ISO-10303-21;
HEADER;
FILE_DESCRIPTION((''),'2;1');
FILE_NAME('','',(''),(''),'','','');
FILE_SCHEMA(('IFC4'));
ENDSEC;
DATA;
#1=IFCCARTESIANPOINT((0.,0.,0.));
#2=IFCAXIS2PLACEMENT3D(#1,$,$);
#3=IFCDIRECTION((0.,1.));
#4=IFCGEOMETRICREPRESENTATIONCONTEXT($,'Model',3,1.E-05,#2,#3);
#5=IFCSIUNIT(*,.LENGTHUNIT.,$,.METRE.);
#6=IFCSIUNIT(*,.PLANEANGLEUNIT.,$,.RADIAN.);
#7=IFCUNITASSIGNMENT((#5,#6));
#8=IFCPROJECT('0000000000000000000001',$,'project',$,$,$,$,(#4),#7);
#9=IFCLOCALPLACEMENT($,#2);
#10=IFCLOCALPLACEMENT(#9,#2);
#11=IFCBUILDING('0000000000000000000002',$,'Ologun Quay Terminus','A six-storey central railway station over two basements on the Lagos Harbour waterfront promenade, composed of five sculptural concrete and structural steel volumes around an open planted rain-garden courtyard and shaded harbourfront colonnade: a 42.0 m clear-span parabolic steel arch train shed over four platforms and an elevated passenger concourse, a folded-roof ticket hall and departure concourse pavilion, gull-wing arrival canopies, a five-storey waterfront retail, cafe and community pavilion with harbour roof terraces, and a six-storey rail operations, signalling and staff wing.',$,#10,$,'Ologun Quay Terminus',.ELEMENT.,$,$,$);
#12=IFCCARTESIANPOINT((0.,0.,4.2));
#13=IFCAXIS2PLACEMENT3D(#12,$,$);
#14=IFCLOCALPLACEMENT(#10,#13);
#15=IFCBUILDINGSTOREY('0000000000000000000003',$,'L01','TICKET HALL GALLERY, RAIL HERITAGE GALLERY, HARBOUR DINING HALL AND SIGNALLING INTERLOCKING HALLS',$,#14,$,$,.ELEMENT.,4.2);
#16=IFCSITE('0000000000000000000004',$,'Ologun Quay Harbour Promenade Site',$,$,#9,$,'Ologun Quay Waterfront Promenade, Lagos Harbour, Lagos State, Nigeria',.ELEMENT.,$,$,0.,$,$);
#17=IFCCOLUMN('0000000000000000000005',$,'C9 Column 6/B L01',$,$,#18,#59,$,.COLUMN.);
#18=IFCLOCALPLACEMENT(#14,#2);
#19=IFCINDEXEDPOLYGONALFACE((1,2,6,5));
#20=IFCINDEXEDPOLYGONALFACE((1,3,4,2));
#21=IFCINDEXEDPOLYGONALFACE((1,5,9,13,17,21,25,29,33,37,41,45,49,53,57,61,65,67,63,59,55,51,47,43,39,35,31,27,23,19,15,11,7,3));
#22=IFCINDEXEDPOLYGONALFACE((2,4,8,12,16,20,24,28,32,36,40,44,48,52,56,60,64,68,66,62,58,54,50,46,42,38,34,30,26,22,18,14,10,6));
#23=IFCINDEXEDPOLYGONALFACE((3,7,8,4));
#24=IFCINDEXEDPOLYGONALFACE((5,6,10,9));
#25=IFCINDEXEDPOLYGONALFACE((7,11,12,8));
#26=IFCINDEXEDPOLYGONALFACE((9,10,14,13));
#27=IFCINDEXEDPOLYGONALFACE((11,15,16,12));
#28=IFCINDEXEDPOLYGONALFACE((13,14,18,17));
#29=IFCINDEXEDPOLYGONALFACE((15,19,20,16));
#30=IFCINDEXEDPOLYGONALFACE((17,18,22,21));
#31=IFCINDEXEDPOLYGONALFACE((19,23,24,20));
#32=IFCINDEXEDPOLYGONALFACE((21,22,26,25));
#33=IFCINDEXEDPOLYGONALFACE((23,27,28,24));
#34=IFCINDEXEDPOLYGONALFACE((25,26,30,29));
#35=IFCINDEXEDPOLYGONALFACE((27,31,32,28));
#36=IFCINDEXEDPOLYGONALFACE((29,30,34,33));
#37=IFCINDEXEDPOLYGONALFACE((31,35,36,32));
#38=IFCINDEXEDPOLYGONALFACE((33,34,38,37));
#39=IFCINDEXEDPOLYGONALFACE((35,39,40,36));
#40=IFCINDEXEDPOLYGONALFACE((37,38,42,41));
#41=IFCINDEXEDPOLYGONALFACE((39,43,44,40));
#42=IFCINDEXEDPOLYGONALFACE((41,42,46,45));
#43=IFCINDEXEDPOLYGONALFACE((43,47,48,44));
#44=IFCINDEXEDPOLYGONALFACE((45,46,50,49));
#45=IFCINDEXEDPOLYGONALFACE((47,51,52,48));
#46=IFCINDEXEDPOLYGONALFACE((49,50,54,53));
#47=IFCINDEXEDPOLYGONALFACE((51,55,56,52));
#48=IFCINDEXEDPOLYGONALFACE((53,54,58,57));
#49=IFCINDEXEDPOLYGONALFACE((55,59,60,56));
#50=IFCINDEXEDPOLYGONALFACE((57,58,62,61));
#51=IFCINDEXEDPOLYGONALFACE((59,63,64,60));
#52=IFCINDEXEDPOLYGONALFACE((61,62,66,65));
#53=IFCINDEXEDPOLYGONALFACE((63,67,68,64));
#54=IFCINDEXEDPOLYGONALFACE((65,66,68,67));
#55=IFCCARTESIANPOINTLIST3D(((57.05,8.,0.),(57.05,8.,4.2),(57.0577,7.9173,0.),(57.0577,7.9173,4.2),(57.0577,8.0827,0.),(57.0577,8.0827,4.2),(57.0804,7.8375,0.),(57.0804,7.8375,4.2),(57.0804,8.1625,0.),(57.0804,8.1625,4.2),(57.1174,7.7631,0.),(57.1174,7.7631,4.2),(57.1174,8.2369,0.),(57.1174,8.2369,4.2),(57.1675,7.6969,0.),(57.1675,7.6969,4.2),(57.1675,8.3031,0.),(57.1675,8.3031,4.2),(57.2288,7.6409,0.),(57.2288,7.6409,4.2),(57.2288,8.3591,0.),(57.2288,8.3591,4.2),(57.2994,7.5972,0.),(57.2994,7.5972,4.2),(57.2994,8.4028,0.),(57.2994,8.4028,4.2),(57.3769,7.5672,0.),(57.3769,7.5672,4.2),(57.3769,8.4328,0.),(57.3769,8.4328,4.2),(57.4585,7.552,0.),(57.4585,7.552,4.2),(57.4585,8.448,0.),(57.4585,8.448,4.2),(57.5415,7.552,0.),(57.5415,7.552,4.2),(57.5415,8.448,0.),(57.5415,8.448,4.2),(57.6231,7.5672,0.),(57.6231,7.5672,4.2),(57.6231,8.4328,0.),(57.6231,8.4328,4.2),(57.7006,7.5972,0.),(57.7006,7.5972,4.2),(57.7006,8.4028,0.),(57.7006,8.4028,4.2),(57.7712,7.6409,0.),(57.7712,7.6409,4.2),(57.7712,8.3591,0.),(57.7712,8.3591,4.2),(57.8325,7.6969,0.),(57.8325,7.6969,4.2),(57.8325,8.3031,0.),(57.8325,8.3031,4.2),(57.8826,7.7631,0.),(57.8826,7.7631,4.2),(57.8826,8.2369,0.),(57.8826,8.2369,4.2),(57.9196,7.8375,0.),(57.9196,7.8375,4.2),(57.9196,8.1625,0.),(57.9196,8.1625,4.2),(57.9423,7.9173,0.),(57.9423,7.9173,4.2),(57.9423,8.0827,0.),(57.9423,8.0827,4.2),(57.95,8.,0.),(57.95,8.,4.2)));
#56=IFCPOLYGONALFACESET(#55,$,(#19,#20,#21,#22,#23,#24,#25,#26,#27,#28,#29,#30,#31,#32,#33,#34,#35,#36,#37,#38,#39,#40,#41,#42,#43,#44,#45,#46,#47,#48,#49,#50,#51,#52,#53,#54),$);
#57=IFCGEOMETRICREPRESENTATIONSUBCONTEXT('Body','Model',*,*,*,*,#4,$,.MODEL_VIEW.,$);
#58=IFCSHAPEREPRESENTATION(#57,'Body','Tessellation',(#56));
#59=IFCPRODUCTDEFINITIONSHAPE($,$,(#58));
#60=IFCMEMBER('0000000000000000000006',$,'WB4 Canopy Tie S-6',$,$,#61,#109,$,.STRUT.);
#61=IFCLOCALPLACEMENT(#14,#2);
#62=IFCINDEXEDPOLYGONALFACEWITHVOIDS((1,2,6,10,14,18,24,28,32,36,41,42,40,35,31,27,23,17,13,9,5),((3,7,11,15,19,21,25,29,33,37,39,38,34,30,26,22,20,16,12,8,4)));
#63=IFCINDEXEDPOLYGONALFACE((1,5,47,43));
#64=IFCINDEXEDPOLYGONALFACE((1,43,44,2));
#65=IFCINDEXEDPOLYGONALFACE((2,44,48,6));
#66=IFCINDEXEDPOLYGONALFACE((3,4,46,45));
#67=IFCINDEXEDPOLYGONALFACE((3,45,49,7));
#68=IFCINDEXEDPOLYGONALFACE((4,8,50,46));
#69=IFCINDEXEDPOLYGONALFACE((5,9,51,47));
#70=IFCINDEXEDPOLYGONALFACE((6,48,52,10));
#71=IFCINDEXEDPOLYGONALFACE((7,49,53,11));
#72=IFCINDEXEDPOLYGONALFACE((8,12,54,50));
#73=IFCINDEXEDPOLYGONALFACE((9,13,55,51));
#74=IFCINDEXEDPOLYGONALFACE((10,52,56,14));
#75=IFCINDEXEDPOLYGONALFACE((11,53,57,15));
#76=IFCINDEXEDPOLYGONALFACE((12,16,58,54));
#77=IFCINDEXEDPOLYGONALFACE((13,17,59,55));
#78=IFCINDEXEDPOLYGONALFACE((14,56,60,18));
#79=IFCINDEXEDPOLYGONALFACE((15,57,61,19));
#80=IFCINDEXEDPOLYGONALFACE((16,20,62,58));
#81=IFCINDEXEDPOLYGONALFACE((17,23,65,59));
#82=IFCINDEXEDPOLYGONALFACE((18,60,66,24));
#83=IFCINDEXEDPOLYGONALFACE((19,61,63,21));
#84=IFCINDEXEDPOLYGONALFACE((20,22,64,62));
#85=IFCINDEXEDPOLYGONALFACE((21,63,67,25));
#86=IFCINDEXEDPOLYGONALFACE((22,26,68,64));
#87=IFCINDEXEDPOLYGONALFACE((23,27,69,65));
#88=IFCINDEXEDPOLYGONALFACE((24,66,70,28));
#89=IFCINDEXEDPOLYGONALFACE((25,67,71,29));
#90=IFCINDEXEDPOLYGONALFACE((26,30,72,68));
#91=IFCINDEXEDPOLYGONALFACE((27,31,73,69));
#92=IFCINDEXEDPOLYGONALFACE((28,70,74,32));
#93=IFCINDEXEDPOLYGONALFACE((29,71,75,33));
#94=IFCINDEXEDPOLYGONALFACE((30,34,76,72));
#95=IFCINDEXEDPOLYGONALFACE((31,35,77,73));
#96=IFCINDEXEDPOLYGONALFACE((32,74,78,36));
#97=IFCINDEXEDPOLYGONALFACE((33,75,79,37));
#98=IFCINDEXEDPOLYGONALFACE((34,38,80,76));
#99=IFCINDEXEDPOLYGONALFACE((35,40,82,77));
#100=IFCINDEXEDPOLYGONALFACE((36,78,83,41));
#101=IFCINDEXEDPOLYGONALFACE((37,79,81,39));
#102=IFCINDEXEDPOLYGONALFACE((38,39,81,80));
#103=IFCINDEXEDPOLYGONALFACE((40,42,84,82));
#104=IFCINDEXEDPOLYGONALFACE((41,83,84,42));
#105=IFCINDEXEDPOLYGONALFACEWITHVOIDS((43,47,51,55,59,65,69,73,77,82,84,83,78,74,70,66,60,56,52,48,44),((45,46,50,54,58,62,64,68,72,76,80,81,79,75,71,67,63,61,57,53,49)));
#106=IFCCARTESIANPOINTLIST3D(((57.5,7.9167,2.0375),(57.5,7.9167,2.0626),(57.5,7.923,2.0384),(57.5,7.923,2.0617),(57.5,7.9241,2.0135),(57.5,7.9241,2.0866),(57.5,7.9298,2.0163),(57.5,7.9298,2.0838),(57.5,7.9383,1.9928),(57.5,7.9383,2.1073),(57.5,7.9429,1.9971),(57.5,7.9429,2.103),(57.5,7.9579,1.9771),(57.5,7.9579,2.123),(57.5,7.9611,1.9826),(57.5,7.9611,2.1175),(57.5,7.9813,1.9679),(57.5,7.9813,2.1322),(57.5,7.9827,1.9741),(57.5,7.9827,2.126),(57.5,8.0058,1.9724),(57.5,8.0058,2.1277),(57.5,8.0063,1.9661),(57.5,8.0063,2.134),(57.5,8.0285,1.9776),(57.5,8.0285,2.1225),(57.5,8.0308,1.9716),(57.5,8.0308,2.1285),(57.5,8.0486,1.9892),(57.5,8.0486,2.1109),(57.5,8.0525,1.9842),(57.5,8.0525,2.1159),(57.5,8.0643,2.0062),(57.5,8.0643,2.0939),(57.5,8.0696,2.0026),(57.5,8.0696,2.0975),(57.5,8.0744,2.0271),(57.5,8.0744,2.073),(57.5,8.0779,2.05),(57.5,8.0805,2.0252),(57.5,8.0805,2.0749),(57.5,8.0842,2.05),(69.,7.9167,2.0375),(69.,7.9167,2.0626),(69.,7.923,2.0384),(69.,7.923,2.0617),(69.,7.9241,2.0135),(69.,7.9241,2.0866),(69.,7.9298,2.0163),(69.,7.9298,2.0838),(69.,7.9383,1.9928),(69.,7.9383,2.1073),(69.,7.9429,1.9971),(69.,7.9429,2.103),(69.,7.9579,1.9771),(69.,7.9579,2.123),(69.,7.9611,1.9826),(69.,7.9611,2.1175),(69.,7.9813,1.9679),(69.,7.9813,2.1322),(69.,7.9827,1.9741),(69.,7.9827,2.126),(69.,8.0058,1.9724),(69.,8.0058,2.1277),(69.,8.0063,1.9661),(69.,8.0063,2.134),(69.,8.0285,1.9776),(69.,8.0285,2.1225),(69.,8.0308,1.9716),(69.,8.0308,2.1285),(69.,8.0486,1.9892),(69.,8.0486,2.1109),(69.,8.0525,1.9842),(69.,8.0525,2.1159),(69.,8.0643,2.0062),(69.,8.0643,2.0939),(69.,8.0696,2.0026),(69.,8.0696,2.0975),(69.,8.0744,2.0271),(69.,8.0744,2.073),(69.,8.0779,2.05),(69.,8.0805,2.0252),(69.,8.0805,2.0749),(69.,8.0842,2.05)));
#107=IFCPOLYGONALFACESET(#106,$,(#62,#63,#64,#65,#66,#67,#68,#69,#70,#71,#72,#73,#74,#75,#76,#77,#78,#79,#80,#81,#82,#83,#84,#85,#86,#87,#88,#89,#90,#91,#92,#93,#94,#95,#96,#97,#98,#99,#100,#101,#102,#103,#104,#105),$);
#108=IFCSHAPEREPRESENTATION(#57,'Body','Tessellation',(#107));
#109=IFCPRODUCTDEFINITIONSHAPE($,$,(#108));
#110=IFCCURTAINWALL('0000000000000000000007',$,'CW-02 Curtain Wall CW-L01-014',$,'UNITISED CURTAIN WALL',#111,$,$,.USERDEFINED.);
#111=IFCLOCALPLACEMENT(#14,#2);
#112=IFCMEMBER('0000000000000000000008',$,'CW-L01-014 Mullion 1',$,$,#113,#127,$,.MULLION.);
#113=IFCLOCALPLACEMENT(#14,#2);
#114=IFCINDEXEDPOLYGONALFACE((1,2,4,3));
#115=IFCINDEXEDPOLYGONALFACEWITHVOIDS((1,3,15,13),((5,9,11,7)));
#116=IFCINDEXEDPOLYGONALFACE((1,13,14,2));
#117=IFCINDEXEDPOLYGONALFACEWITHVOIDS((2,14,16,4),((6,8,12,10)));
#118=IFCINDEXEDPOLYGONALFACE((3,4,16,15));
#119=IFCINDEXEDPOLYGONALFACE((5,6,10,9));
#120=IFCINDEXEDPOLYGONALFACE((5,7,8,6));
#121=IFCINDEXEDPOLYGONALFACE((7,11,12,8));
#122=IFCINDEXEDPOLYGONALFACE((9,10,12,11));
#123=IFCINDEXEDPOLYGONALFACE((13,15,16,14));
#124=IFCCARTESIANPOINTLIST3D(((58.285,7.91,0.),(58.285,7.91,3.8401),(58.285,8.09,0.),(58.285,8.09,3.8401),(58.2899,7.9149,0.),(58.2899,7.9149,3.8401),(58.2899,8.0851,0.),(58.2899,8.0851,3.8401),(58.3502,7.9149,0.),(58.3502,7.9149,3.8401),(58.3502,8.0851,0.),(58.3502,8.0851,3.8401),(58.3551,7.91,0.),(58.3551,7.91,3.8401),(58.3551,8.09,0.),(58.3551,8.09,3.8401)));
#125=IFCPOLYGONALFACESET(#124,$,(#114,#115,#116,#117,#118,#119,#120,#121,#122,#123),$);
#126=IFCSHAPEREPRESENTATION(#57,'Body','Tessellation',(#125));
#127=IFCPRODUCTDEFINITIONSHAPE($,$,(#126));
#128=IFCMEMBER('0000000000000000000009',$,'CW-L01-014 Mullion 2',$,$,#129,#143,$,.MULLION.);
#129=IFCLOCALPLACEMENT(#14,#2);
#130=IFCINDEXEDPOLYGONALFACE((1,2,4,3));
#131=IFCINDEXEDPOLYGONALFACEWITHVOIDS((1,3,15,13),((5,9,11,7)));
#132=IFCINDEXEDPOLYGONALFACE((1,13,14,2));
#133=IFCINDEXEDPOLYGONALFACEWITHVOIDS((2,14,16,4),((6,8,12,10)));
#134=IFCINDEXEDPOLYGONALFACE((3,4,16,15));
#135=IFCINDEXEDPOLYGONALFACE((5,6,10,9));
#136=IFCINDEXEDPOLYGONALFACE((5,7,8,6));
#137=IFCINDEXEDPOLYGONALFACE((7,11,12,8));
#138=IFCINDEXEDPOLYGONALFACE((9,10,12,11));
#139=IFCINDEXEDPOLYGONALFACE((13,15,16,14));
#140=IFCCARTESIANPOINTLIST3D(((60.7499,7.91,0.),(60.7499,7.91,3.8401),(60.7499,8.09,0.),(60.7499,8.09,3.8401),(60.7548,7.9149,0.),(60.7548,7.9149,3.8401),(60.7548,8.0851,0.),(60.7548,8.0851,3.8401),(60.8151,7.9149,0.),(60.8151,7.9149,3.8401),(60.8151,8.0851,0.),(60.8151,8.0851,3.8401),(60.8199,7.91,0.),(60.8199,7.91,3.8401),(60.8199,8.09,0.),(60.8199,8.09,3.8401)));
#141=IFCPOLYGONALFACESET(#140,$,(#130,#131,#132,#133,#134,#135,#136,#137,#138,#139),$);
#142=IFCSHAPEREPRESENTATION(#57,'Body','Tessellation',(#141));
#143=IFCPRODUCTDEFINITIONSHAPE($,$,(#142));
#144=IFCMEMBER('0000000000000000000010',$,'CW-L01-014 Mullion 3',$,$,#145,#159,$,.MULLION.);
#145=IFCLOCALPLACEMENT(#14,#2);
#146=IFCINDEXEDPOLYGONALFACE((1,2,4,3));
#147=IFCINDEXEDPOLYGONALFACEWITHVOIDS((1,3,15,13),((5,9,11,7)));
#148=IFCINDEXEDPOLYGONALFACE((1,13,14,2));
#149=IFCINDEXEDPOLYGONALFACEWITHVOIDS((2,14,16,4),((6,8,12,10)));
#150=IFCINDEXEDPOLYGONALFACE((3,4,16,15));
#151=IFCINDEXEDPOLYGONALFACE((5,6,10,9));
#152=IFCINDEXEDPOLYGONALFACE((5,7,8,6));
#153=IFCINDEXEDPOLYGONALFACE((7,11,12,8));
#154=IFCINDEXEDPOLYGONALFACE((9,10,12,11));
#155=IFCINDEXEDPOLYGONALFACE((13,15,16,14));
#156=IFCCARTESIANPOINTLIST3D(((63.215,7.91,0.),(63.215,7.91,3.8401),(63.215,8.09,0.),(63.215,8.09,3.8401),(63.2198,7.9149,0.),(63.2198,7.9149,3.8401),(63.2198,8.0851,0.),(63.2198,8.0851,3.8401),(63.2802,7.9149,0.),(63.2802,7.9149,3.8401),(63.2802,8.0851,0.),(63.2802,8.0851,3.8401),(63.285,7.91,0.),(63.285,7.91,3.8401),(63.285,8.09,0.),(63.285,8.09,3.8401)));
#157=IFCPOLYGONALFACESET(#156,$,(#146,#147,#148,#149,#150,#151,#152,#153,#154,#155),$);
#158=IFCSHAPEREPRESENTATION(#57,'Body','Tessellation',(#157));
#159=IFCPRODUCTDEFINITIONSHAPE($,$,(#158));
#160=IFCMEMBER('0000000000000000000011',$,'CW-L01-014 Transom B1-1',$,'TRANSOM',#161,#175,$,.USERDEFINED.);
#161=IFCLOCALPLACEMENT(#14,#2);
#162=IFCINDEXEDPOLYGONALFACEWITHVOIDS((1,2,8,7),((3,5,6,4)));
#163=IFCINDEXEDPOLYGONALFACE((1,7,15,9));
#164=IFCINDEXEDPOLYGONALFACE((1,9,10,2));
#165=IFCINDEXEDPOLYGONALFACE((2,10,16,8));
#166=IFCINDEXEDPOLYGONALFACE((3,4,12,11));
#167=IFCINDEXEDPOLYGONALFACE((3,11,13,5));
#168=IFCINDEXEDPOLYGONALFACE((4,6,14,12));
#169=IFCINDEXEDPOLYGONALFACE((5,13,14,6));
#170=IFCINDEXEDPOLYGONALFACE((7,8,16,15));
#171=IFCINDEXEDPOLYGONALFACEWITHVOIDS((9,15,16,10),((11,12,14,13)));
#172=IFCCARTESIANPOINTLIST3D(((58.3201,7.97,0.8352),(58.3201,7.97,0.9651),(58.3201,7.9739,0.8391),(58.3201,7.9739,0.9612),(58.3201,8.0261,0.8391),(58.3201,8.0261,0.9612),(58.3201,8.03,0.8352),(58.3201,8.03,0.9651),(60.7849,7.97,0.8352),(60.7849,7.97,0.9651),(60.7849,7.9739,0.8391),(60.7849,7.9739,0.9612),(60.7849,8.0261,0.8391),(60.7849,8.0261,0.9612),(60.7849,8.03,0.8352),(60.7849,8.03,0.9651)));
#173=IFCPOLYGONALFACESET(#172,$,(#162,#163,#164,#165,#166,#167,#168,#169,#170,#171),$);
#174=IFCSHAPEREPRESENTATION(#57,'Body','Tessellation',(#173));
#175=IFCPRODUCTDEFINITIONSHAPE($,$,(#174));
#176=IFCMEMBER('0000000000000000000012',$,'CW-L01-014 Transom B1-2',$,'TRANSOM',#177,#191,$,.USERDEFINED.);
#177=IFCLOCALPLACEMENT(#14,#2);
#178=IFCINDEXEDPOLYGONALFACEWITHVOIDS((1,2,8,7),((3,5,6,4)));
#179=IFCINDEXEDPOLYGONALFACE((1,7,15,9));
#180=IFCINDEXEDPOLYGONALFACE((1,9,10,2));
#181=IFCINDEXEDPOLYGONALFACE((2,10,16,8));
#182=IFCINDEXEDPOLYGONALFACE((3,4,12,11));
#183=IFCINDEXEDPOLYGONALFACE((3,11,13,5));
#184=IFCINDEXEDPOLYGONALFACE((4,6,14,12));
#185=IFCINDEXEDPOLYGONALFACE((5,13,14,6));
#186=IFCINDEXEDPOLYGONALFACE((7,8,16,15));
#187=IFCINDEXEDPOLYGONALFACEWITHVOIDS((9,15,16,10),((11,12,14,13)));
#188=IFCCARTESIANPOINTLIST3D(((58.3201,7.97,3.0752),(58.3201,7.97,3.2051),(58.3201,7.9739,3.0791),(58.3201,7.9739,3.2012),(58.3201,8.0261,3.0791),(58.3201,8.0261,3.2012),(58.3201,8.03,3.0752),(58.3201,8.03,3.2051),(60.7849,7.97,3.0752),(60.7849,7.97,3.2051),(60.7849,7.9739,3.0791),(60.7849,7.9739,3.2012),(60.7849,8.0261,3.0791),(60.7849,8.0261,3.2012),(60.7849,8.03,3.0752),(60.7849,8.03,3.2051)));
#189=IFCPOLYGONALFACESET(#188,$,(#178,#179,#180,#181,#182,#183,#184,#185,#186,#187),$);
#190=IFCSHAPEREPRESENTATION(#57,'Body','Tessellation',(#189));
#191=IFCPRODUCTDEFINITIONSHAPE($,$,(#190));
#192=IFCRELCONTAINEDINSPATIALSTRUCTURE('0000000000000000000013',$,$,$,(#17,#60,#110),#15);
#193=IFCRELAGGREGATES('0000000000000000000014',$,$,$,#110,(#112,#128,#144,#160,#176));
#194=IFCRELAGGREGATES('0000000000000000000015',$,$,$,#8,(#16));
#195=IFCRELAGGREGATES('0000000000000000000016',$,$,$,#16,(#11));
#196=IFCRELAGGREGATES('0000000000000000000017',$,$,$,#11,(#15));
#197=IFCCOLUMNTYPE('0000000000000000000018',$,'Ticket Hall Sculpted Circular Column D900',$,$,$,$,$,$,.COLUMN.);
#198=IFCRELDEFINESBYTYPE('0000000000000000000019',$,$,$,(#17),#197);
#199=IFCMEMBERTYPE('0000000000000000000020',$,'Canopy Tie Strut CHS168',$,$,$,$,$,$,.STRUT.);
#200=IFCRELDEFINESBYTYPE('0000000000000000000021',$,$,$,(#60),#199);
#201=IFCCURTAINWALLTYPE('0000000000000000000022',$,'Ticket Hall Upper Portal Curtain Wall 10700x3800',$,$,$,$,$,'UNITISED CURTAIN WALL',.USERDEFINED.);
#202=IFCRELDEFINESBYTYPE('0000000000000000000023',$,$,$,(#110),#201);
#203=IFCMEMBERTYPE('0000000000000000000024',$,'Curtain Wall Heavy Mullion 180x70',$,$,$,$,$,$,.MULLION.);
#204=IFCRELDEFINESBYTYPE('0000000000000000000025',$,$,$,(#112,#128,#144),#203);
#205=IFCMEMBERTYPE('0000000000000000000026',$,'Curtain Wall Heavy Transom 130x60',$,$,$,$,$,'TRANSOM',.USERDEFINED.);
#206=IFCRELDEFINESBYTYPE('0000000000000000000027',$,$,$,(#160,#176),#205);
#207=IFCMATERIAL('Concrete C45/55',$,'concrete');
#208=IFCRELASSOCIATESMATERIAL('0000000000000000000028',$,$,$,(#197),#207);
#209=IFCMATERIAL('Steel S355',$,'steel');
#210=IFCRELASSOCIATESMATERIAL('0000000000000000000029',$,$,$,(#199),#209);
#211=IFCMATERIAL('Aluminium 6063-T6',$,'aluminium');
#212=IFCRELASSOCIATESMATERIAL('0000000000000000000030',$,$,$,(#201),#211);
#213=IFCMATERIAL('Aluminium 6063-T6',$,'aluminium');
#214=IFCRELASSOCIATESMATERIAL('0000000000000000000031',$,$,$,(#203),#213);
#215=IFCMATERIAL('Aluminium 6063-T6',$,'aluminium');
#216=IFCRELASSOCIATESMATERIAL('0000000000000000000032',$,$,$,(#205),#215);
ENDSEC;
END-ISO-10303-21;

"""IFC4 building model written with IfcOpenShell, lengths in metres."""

from ifc_helpers import new_model, si_unit, direction, frame, origin, origin_2d, place, context, subcontext, project, spatial, hollow_rectangle, circle, hollow_circle, extrude, material, material_profile, profile_set, type_object, element, aggregate, save


model = new_model("IFC4")

# Units and contexts
model_context = context("Model", 3, precision=1e-05, world=origin(), true_north=direction((0.0, 1.0)))
body_context = subcontext(model_context, "Body", "Model", "MODEL_VIEW")
ifc_project = project(units=[si_unit("LENGTHUNIT", "METRE"), si_unit("PLANEANGLEUNIT", "RADIAN")], contexts=[model_context])

# Site, building, storey
site_placement = place(None, origin())
site = spatial("IfcSite", under=ifc_project, at=site_placement, Name="Ologun Quay Harbour Promenade Site", LongName="Ologun Quay Waterfront Promenade, Lagos Harbour, Lagos State, Nigeria", CompositionType="ELEMENT", RefElevation=0.0)
building_placement = place(site_placement, origin())
building = spatial("IfcBuilding", under=site, at=building_placement, Name="Ologun Quay Terminus", Description="A six-storey central railway station over two basements on the Lagos Harbour waterfront promenade, composed of five sculptural concrete and structural steel volumes around an open planted rain-garden courtyard and shaded harbourfront colonnade: a 42.0 m clear-span parabolic steel arch train shed over four platforms and an elevated passenger concourse, a folded-roof ticket hall and departure concourse pavilion, gull-wing arrival canopies, a five-storey waterfront retail, cafe and community pavilion with harbour roof terraces, and a six-storey rail operations, signalling and staff wing.", LongName="Ologun Quay Terminus", CompositionType="ELEMENT")
storey_placement = place(building_placement, frame((0.0, 0.0, 4.2)))
storey = spatial("IfcBuildingStorey", under=building, at=storey_placement, Name="L01", Description="TICKET HALL GALLERY, RAIL HERITAGE GALLERY, HARBOUR DINING HALL AND SIGNALLING INTERLOCKING HALLS", CompositionType="ELEMENT", Elevation=4.2)

# Column
ifc_material_1 = material(Name="Concrete C45/55", Category="concrete")
ifc_material_profile_1 = material_profile(ifc_material_1, circle(Radius=0.45, at=origin_2d()), Name="RC D900")
ifc_profile_set_1 = profile_set([ifc_material_profile_1], Name="Concrete C45/55")
column_type = type_object("IfcColumnType", Name="Ticket Hall Sculpted Circular Column D900", PredefinedType="COLUMN", material=ifc_profile_set_1)
column_placement = place(storey_placement, frame((57.5, 8.0, 0.0), z_axis=(0.0, 0.0, 1.0), x_axis=(1.0, 0.0, 0.0)))
element("IfcColumn", 1, at=column_placement, inside=storey, type_object=column_type, Name="C9 Column 6/B L01", PredefinedType="COLUMN", context=body_context, shape_type="SweptSolid", body=[
    extrude(circle(Radius=0.45, at=origin_2d()), origin(), (0.0, 0.0, 1.0), 4.2),
])

# Member
ifc_material_2 = material(Name="Steel S355", Category="steel")
ifc_material_profile_2 = material_profile(ifc_material_2, hollow_circle(Radius=0.0842, WallThickness=0.0063, at=origin_2d()), Name="CHS 168.3x6.3")
ifc_profile_set_2 = profile_set([ifc_material_profile_2], Name="Steel S355")
member_type_1 = type_object("IfcMemberType", Name="Canopy Tie Strut CHS168", PredefinedType="STRUT", material=ifc_profile_set_2)
member_1_placement = place(storey_placement, frame((57.5, 8.0, 2.05), z_axis=(1.0, 0.0, 0.0), x_axis=(0.0, 1.0, 0.0)))
element("IfcMember", 2, at=member_1_placement, inside=storey, type_object=member_type_1, Name="WB4 Canopy Tie S-6", PredefinedType="STRUT", context=body_context, shape_type="SweptSolid", body=[
    extrude(hollow_circle(Radius=0.0842, WallThickness=0.0063, at=origin_2d()), origin(), (0.0, 0.0, 1.0), 11.5),
])

# Curtain wall, members
ifc_material_3 = material(Name="Aluminium 6063-T6", Category="aluminium")
curtain_wall_type = type_object("IfcCurtainWallType", Name="Ticket Hall Upper Portal Curtain Wall 10700x3800", ElementType="UNITISED CURTAIN WALL", PredefinedType="USERDEFINED", material=ifc_material_3)
curtain_wall_placement = place(storey_placement, origin())
curtain_wall = element("IfcCurtainWall", 3, at=curtain_wall_placement, inside=storey, type_object=curtain_wall_type, Name="CW-02 Curtain Wall CW-L01-014", ObjectType="UNITISED CURTAIN WALL", PredefinedType="USERDEFINED")
ifc_material_4 = material(Name="Aluminium 6063-T6", Category="aluminium")
ifc_material_profile_3 = material_profile(ifc_material_4, hollow_rectangle(XDim=0.0701, YDim=0.1799, WallThickness=0.0049, at=origin_2d()), Name="ALU 180x70x5")
ifc_profile_set_3 = profile_set([ifc_material_profile_3], Name="Aluminium 6063-T6")
member_type_2 = type_object("IfcMemberType", Name="Curtain Wall Heavy Mullion 180x70", PredefinedType="MULLION", material=ifc_profile_set_3)
member_2_placement = place(storey_placement, frame((58.3201, 8.0, 0.0), z_axis=(0.0, 0.0, 1.0), x_axis=(1.0, 0.0, 0.0)))
member_2 = element("IfcMember", 4, at=member_2_placement, type_object=member_type_2, Name="CW-L01-014 Mullion 1", PredefinedType="MULLION", context=body_context, shape_type="SweptSolid", body=[
    extrude(hollow_rectangle(XDim=0.0701, YDim=0.1799, WallThickness=0.0049, at=origin_2d()), origin(), (0.0, 0.0, 1.0), 3.8401),
])
member_3_placement = place(storey_placement, frame((60.7849, 8.0, 0.0), z_axis=(0.0, 0.0, 1.0), x_axis=(1.0, 0.0, 0.0)))
member_3 = element("IfcMember", 5, at=member_3_placement, type_object=member_type_2, Name="CW-L01-014 Mullion 2", PredefinedType="MULLION", context=body_context, shape_type="SweptSolid", body=[
    extrude(hollow_rectangle(XDim=0.0701, YDim=0.1799, WallThickness=0.0049, at=origin_2d()), origin(), (0.0, 0.0, 1.0), 3.8401),
])
member_4_placement = place(storey_placement, frame((63.25, 8.0, 0.0), z_axis=(0.0, 0.0, 1.0), x_axis=(1.0, 0.0, 0.0)))
member_4 = element("IfcMember", 6, at=member_4_placement, type_object=member_type_2, Name="CW-L01-014 Mullion 3", PredefinedType="MULLION", context=body_context, shape_type="SweptSolid", body=[
    extrude(hollow_rectangle(XDim=0.0701, YDim=0.1799, WallThickness=0.0049, at=origin_2d()), origin(), (0.0, 0.0, 1.0), 3.8401),
])
ifc_material_5 = material(Name="Aluminium 6063-T6", Category="aluminium")
ifc_material_profile_4 = material_profile(ifc_material_5, hollow_rectangle(XDim=0.0601, YDim=0.1299, WallThickness=0.0039, at=origin_2d()), Name="ALU 130x60x4")
ifc_profile_set_4 = profile_set([ifc_material_profile_4], Name="Aluminium 6063-T6")
member_type_3 = type_object("IfcMemberType", Name="Curtain Wall Heavy Transom 130x60", ElementType="TRANSOM", PredefinedType="USERDEFINED", material=ifc_profile_set_4)
member_5_placement = place(storey_placement, frame((58.3201, 8.0, 0.9001), z_axis=(1.0, 0.0, 0.0), x_axis=(0.0, 1.0, 0.0)))
member_5 = element("IfcMember", 7, at=member_5_placement, type_object=member_type_3, Name="CW-L01-014 Transom B1-1", ObjectType="TRANSOM", PredefinedType="USERDEFINED", context=body_context, shape_type="SweptSolid", body=[
    extrude(hollow_rectangle(XDim=0.0601, YDim=0.1299, WallThickness=0.0039, at=origin_2d()), origin(), (0.0, 0.0, 1.0), 2.4648),
])
member_6_placement = place(storey_placement, frame((58.3201, 8.0, 3.1401), z_axis=(1.0, 0.0, 0.0), x_axis=(0.0, 1.0, 0.0)))
member_6 = element("IfcMember", 8, at=member_6_placement, type_object=member_type_3, Name="CW-L01-014 Transom B1-2", ObjectType="TRANSOM", PredefinedType="USERDEFINED", context=body_context, shape_type="SweptSolid", body=[
    extrude(hollow_rectangle(XDim=0.0601, YDim=0.1299, WallThickness=0.0039, at=origin_2d()), origin(), (0.0, 0.0, 1.0), 2.4648),
])

aggregate(curtain_wall, [member_2, member_3, member_4, member_5, member_6])

save(model, "model.ifc")
